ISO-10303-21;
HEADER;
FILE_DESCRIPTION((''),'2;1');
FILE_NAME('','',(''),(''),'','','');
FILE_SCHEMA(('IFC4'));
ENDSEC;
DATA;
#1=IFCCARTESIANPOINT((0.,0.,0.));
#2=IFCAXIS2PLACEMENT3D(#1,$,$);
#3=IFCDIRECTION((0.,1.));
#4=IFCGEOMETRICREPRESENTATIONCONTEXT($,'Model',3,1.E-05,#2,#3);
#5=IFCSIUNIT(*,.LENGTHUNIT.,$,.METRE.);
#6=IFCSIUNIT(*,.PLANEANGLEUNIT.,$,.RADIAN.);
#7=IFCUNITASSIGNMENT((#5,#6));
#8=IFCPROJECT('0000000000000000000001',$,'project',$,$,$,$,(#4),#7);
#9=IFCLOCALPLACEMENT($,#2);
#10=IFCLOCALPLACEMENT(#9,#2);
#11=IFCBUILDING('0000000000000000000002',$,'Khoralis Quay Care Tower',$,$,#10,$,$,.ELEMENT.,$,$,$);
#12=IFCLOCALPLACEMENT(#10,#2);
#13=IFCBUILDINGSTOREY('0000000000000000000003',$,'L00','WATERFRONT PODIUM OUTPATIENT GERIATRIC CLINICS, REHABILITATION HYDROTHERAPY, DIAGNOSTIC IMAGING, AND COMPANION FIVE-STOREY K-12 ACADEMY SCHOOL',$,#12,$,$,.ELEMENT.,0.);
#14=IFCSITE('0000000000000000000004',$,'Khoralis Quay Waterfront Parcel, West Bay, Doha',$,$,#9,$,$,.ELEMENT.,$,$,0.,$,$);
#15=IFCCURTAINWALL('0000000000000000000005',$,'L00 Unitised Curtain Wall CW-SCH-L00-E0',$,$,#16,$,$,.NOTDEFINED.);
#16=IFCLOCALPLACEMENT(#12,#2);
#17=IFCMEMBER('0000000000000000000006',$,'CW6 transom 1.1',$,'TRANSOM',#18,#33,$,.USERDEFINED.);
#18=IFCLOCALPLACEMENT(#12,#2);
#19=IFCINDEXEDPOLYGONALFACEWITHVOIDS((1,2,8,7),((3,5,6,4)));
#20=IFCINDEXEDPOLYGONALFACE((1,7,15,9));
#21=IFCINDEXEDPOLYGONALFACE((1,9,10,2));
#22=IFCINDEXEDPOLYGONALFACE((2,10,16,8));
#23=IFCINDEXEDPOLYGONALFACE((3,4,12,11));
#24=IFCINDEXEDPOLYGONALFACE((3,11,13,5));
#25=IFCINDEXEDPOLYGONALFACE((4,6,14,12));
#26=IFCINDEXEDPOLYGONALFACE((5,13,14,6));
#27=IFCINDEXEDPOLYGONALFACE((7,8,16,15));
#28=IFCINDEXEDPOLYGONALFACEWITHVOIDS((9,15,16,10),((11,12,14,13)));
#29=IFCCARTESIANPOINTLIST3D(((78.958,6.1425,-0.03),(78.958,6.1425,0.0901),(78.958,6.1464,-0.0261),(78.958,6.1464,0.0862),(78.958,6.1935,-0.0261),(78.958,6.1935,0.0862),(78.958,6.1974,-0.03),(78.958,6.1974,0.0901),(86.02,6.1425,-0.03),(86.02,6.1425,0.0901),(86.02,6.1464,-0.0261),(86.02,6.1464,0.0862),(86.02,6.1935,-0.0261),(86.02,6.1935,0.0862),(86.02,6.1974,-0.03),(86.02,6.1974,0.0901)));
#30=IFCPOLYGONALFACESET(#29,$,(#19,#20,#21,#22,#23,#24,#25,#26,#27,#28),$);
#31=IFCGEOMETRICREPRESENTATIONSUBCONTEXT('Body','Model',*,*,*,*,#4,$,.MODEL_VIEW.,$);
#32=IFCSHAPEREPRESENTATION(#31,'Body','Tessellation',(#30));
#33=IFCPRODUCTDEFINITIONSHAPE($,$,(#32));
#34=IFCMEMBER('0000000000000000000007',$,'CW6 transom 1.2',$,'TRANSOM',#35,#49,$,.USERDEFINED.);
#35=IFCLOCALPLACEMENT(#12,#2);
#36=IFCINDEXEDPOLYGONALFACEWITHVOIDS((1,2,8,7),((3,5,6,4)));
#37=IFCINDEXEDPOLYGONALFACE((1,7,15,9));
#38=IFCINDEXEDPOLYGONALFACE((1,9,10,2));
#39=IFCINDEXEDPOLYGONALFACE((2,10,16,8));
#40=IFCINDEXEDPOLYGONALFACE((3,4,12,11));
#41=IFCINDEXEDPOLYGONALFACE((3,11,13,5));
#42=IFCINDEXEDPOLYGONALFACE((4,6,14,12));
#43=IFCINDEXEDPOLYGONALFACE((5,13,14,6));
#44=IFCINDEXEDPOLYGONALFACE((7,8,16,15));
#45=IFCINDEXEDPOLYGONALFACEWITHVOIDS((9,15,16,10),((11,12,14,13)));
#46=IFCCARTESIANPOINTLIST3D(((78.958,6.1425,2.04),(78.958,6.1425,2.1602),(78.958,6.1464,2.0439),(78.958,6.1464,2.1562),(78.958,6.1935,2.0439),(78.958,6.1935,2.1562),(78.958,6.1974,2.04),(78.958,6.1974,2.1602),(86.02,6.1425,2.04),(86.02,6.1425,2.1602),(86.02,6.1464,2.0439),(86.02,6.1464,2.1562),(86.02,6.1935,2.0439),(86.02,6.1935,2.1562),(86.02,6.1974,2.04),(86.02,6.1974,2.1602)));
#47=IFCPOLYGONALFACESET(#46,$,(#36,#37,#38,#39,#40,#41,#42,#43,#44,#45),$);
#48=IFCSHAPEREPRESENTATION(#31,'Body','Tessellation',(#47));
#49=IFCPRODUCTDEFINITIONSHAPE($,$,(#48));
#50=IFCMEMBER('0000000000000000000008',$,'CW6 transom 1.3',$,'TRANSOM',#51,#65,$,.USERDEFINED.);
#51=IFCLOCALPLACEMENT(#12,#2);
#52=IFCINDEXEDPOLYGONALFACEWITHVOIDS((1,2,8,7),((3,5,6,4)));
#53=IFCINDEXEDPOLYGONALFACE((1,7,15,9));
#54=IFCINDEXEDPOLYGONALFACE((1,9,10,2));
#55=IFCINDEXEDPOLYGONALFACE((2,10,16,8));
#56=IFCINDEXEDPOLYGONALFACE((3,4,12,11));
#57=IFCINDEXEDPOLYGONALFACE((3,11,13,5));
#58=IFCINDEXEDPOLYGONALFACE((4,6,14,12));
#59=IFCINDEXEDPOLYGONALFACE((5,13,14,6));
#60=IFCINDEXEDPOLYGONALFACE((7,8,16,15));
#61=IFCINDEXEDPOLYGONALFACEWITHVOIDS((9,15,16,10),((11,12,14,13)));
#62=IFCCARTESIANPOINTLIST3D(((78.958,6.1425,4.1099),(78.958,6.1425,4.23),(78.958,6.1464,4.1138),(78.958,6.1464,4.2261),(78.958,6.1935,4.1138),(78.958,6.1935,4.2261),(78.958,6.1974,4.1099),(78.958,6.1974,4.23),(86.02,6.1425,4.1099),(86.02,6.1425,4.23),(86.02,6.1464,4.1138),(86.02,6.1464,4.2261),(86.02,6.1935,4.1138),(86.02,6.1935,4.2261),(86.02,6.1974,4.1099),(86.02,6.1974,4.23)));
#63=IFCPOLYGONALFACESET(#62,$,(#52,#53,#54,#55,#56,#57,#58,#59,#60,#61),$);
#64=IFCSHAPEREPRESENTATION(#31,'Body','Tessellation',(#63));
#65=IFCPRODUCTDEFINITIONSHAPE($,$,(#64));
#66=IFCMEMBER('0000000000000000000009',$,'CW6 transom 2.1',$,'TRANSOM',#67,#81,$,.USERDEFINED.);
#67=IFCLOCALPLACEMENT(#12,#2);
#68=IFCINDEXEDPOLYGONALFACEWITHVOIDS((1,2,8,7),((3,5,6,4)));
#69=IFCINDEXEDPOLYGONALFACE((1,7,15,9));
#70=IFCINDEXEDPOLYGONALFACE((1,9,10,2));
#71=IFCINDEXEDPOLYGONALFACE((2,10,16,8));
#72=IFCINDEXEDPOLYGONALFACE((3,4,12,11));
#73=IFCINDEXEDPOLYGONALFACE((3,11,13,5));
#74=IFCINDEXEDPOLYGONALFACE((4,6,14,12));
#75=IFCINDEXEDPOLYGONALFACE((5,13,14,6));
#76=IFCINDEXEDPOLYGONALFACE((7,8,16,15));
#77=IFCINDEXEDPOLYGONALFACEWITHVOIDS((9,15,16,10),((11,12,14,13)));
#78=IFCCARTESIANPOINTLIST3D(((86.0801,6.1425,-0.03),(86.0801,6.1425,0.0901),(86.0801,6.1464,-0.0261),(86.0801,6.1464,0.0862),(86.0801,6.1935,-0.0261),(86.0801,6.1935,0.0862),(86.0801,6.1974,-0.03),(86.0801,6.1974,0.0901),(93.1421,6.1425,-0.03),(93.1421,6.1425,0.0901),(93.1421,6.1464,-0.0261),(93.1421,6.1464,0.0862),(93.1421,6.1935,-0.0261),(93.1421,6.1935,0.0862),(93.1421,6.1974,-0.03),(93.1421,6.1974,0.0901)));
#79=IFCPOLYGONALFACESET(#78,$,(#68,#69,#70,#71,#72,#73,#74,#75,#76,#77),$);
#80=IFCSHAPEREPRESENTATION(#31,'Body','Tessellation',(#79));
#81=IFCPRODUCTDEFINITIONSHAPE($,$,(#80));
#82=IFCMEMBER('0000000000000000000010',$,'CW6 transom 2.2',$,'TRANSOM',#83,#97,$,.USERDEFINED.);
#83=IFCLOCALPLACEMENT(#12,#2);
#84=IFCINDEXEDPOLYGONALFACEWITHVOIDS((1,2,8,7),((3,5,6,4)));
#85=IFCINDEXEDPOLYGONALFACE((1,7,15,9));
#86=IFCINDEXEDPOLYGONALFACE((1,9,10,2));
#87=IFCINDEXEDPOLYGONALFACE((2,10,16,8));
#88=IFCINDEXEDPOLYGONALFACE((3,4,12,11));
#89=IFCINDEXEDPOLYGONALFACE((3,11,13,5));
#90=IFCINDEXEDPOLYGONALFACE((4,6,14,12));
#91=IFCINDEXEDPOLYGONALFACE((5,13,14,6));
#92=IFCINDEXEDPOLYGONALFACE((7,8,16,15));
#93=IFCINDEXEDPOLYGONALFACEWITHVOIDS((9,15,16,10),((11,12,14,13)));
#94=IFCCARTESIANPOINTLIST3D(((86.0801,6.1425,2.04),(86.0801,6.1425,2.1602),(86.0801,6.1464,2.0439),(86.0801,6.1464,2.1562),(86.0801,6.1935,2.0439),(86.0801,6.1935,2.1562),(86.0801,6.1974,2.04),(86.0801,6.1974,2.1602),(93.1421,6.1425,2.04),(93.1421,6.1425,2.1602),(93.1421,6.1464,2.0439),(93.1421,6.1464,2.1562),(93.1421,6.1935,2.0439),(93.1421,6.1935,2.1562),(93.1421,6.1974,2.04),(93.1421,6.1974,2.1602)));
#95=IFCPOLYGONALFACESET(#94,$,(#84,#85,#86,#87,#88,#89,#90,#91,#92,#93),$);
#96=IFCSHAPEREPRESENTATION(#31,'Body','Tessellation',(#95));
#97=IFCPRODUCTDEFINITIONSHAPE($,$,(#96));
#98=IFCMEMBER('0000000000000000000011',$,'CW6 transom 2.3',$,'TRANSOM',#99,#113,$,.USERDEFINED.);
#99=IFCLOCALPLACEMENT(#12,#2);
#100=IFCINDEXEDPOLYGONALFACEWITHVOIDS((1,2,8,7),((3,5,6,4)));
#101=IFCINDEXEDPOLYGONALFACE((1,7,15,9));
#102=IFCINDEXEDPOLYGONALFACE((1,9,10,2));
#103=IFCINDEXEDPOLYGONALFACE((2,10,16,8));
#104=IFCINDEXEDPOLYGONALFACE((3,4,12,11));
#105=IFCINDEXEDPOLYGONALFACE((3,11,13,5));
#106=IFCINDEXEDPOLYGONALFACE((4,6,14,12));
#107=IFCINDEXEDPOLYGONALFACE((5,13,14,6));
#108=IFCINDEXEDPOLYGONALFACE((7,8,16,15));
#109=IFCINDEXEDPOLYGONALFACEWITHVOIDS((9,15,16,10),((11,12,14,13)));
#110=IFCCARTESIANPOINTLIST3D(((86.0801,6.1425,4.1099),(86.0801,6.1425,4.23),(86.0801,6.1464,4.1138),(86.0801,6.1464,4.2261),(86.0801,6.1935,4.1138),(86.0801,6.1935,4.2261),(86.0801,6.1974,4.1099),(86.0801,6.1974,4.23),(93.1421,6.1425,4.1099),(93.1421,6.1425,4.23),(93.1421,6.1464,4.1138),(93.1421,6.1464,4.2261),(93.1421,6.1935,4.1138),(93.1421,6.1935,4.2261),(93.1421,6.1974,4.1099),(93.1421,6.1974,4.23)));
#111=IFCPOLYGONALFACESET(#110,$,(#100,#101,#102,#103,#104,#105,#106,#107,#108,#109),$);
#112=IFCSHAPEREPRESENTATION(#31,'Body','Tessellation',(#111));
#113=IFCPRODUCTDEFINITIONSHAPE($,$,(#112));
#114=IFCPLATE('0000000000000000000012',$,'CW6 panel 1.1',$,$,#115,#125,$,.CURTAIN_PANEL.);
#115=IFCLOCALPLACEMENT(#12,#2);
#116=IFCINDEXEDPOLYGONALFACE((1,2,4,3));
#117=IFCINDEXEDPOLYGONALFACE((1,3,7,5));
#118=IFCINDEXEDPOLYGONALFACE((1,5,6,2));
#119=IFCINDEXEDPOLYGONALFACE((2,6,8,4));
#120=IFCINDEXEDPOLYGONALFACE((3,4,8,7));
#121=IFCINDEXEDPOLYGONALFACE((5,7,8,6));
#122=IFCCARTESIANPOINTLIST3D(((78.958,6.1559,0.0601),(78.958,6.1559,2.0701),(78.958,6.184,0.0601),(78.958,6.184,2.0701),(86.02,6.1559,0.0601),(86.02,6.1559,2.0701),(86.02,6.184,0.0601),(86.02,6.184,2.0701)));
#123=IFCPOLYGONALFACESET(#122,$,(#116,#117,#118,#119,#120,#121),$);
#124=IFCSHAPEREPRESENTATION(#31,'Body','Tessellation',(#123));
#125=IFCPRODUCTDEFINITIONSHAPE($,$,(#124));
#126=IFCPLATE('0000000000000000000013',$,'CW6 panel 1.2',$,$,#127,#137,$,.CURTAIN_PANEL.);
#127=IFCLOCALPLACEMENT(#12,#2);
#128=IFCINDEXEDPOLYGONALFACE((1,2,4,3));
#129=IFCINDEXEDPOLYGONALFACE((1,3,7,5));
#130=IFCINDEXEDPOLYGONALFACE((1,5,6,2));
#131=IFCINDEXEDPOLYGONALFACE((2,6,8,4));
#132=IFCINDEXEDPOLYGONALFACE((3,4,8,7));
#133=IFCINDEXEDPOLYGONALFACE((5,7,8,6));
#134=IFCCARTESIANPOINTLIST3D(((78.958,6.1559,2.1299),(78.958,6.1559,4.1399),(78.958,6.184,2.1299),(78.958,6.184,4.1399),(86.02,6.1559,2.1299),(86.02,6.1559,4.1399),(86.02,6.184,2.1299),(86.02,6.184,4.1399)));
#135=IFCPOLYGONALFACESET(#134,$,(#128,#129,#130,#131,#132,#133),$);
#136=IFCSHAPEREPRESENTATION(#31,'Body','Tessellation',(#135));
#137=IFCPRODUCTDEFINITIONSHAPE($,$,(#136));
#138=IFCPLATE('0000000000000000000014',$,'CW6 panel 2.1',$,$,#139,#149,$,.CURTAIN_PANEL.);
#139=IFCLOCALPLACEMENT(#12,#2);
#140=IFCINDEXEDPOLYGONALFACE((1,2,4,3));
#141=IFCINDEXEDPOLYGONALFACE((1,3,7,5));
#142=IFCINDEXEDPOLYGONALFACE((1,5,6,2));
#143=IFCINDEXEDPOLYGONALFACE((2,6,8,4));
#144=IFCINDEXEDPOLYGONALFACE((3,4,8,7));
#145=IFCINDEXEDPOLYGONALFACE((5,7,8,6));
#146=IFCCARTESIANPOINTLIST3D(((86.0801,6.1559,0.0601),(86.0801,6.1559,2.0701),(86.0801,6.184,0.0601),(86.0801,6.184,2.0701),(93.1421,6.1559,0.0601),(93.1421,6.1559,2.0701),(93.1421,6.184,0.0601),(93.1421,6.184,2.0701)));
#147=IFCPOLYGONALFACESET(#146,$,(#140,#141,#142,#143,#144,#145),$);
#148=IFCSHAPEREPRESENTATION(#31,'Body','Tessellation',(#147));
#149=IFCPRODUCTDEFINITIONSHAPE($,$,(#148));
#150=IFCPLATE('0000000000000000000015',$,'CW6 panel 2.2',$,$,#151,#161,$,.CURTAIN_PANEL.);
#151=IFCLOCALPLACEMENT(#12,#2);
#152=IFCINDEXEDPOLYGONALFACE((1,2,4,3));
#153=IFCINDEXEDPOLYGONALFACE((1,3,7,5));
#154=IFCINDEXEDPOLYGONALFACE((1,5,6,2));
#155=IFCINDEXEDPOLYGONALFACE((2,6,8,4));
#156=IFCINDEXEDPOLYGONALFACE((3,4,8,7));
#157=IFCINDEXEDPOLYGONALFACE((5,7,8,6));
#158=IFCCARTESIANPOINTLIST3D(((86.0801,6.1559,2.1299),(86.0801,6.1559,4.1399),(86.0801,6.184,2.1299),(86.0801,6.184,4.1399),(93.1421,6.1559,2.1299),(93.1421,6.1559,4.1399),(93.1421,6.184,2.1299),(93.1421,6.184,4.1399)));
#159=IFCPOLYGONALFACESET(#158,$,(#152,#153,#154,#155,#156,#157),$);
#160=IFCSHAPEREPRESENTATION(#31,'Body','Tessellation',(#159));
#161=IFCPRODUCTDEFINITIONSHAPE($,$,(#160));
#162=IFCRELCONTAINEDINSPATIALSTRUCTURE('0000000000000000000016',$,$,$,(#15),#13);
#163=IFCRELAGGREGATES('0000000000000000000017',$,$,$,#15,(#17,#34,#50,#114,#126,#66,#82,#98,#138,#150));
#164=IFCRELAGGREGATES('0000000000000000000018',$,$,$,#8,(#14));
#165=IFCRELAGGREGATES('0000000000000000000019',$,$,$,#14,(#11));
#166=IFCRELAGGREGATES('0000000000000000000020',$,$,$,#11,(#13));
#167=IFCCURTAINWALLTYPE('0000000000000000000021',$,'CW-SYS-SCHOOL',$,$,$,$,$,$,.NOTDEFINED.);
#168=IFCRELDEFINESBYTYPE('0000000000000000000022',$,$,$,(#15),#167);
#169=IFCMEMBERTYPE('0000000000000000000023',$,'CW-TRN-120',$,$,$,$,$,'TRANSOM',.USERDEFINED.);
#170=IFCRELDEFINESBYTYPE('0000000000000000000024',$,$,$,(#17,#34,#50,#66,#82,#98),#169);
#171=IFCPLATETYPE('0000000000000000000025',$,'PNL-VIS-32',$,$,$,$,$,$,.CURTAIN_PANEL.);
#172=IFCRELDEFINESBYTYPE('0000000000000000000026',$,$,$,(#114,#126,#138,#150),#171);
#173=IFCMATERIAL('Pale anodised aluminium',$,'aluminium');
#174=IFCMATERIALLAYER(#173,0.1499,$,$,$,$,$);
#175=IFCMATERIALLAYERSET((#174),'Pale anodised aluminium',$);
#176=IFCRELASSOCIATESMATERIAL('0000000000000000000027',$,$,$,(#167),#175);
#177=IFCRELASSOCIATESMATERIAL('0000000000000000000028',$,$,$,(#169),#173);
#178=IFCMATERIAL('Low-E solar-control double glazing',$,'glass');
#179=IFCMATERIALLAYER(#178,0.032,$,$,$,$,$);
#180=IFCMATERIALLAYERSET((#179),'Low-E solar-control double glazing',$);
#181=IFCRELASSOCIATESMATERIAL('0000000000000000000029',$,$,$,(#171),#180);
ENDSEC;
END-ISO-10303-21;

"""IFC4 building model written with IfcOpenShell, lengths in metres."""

from ifc_helpers import new_model, si_unit, direction, frame, origin, origin_2d, place, context, subcontext, project, spatial, rectangle, hollow_rectangle, extrude, source, transform, mapped, material, layer, layer_set, material_profile, profile_set, type_object, element, aggregate, save


model = new_model("IFC4")

# Units and contexts
model_context = context("Model", 3, precision=1e-05, world=origin(), true_north=direction((0.0, 1.0)))
body_context = subcontext(model_context, "Body", "Model", "MODEL_VIEW")
ifc_project = project(units=[si_unit("LENGTHUNIT", "METRE"), si_unit("PLANEANGLEUNIT", "RADIAN")], contexts=[model_context])

# Site, building, storey
site_placement = place(None, origin())
site = spatial("IfcSite", under=ifc_project, at=site_placement, Name="Khoralis Quay Waterfront Parcel, West Bay, Doha", CompositionType="ELEMENT", RefElevation=0.0)
building_placement = place(site_placement, origin())
building = spatial("IfcBuilding", under=site, at=building_placement, Name="Khoralis Quay Care Tower", CompositionType="ELEMENT")
storey_placement = place(building_placement, origin())
storey = spatial("IfcBuildingStorey", under=building, at=storey_placement, Name="L00", Description="WATERFRONT PODIUM OUTPATIENT GERIATRIC CLINICS, REHABILITATION HYDROTHERAPY, DIAGNOSTIC IMAGING, AND COMPANION FIVE-STOREY K-12 ACADEMY SCHOOL", CompositionType="ELEMENT", Elevation=0.0)

# Curtain wall, members, plates
ifc_material_1 = material(Name="Pale anodised aluminium", Category="aluminium")
ifc_layer_1 = layer(ifc_material_1, 0.1499)
ifc_layer_set_1 = layer_set([ifc_layer_1], Name="Pale anodised aluminium")
curtain_wall_type = type_object("IfcCurtainWallType", Name="CW-SYS-SCHOOL", PredefinedType="NOTDEFINED", material=ifc_layer_set_1)
curtain_wall_placement = place(storey_placement, origin())
curtain_wall = element("IfcCurtainWall", 1, at=curtain_wall_placement, inside=storey, type_object=curtain_wall_type, Name="L00 Unitised Curtain Wall CW-SCH-L00-E0", PredefinedType="NOTDEFINED")
ifc_material_profile_1 = material_profile(ifc_material_1, hollow_rectangle(XDim=0.0549, YDim=0.1201, WallThickness=0.0039, at=origin_2d()), Name="Pale anodised aluminium")
ifc_profile_set_1 = profile_set([ifc_material_profile_1], Name="Pale anodised aluminium")
member_type_1 = type_object("IfcMemberType", Name="CW-TRN-120", ElementType="TRANSOM", PredefinedType="USERDEFINED", material=ifc_profile_set_1)
shared_shape_1 = source(origin(), body_context, "Body", "SweptSolid", [
    extrude(hollow_rectangle(XDim=0.0549, YDim=0.1201, WallThickness=0.0039, at=origin_2d()), origin(), (0.0, 0.0, 1.0), 7.062),
])
member_1_placement = place(storey_placement, frame((78.958, 6.1699, 0.03), z_axis=(1.0, 0.0, 0.0), x_axis=(0.0, 1.0, 0.0)))
member_1 = element("IfcMember", 2, at=member_1_placement, type_object=member_type_1, Name="CW6 transom 1.1", ObjectType="TRANSOM", PredefinedType="USERDEFINED", context=body_context, shape_type="MappedRepresentation", body=[
    mapped(shared_shape_1, transform((0.0, 0.0, 0.0), scale=1.0)),
])
member_2_placement = place(storey_placement, frame((78.958, 6.1699, 2.1001), z_axis=(1.0, 0.0, 0.0), x_axis=(0.0, 1.0, 0.0)))
member_2 = element("IfcMember", 3, at=member_2_placement, type_object=member_type_1, Name="CW6 transom 1.2", ObjectType="TRANSOM", PredefinedType="USERDEFINED", context=body_context, shape_type="MappedRepresentation", body=[
    mapped(shared_shape_1, transform((0.0, 0.0, 0.0), scale=1.0)),
])
member_3_placement = place(storey_placement, frame((78.958, 6.1699, 4.1699), z_axis=(1.0, 0.0, 0.0), x_axis=(0.0, 1.0, 0.0)))
member_3 = element("IfcMember", 4, at=member_3_placement, type_object=member_type_1, Name="CW6 transom 1.3", ObjectType="TRANSOM", PredefinedType="USERDEFINED", context=body_context, shape_type="MappedRepresentation", body=[
    mapped(shared_shape_1, transform((0.0, 0.0, 0.0), scale=1.0)),
])
member_4_placement = place(storey_placement, frame((86.0801, 6.1699, 0.03), z_axis=(1.0, 0.0, 0.0), x_axis=(0.0, 1.0, 0.0)))
member_4 = element("IfcMember", 5, at=member_4_placement, type_object=member_type_1, Name="CW6 transom 2.1", ObjectType="TRANSOM", PredefinedType="USERDEFINED", context=body_context, shape_type="MappedRepresentation", body=[
    mapped(shared_shape_1, transform((0.0, 0.0, 0.0), scale=1.0)),
])
member_5_placement = place(storey_placement, frame((86.0801, 6.1699, 2.1001), z_axis=(1.0, 0.0, 0.0), x_axis=(0.0, 1.0, 0.0)))
member_5 = element("IfcMember", 6, at=member_5_placement, type_object=member_type_1, Name="CW6 transom 2.2", ObjectType="TRANSOM", PredefinedType="USERDEFINED", context=body_context, shape_type="MappedRepresentation", body=[
    mapped(shared_shape_1, transform((0.0, 0.0, 0.0), scale=1.0)),
])
member_6_placement = place(storey_placement, frame((86.0801, 6.1699, 4.1699), z_axis=(1.0, 0.0, 0.0), x_axis=(0.0, 1.0, 0.0)))
member_6 = element("IfcMember", 7, at=member_6_placement, type_object=member_type_1, Name="CW6 transom 2.3", ObjectType="TRANSOM", PredefinedType="USERDEFINED", context=body_context, shape_type="MappedRepresentation", body=[
    mapped(shared_shape_1, transform((0.0, 0.0, 0.0), scale=1.0)),
])
ifc_material_2 = material(Name="Low-E solar-control double glazing", Category="glass")
ifc_layer_2 = layer(ifc_material_2, 0.032)
ifc_layer_set_2 = layer_set([ifc_layer_2], Name="Low-E solar-control double glazing")
plate_type = type_object("IfcPlateType", Name="PNL-VIS-32", PredefinedType="CURTAIN_PANEL", material=ifc_layer_set_2)
shared_shape_2 = source(origin(), body_context, "Body", "SweptSolid", [
    extrude(rectangle(XDim=7.062, YDim=0.0281, at=origin_2d()), origin(), (0.0, 0.0, 1.0), 2.01),
])
plate_1_placement = place(storey_placement, frame((82.489, 6.1699, 0.0601), z_axis=(0.0, 0.0, 1.0), x_axis=(1.0, 0.0, 0.0)))
plate_1 = element("IfcPlate", 8, at=plate_1_placement, type_object=plate_type, Name="CW6 panel 1.1", PredefinedType="CURTAIN_PANEL", context=body_context, shape_type="MappedRepresentation", body=[
    mapped(shared_shape_2, transform((0.0, 0.0, 0.0), scale=1.0)),
])
plate_2_placement = place(storey_placement, frame((82.489, 6.1699, 2.1299), z_axis=(0.0, 0.0, 1.0), x_axis=(1.0, 0.0, 0.0)))
plate_2 = element("IfcPlate", 9, at=plate_2_placement, type_object=plate_type, Name="CW6 panel 1.2", PredefinedType="CURTAIN_PANEL", context=body_context, shape_type="MappedRepresentation", body=[
    mapped(shared_shape_2, transform((0.0, 0.0, 0.0), scale=1.0)),
])
plate_3_placement = place(storey_placement, frame((89.6111, 6.1699, 0.0601), z_axis=(0.0, 0.0, 1.0), x_axis=(1.0, 0.0, 0.0)))
plate_3 = element("IfcPlate", 10, at=plate_3_placement, type_object=plate_type, Name="CW6 panel 2.1", PredefinedType="CURTAIN_PANEL", context=body_context, shape_type="MappedRepresentation", body=[
    mapped(shared_shape_2, transform((0.0, 0.0, 0.0), scale=1.0)),
])
plate_4_placement = place(storey_placement, frame((89.6111, 6.1699, 2.1299), z_axis=(0.0, 0.0, 1.0), x_axis=(1.0, 0.0, 0.0)))
plate_4 = element("IfcPlate", 11, at=plate_4_placement, type_object=plate_type, Name="CW6 panel 2.2", PredefinedType="CURTAIN_PANEL", context=body_context, shape_type="MappedRepresentation", body=[
    mapped(shared_shape_2, transform((0.0, 0.0, 0.0), scale=1.0)),
])
aggregate(curtain_wall, [member_1, member_2, member_3, plate_1, plate_2, member_4, member_5, member_6, plate_3, plate_4])

save(model, "model.ifc")
